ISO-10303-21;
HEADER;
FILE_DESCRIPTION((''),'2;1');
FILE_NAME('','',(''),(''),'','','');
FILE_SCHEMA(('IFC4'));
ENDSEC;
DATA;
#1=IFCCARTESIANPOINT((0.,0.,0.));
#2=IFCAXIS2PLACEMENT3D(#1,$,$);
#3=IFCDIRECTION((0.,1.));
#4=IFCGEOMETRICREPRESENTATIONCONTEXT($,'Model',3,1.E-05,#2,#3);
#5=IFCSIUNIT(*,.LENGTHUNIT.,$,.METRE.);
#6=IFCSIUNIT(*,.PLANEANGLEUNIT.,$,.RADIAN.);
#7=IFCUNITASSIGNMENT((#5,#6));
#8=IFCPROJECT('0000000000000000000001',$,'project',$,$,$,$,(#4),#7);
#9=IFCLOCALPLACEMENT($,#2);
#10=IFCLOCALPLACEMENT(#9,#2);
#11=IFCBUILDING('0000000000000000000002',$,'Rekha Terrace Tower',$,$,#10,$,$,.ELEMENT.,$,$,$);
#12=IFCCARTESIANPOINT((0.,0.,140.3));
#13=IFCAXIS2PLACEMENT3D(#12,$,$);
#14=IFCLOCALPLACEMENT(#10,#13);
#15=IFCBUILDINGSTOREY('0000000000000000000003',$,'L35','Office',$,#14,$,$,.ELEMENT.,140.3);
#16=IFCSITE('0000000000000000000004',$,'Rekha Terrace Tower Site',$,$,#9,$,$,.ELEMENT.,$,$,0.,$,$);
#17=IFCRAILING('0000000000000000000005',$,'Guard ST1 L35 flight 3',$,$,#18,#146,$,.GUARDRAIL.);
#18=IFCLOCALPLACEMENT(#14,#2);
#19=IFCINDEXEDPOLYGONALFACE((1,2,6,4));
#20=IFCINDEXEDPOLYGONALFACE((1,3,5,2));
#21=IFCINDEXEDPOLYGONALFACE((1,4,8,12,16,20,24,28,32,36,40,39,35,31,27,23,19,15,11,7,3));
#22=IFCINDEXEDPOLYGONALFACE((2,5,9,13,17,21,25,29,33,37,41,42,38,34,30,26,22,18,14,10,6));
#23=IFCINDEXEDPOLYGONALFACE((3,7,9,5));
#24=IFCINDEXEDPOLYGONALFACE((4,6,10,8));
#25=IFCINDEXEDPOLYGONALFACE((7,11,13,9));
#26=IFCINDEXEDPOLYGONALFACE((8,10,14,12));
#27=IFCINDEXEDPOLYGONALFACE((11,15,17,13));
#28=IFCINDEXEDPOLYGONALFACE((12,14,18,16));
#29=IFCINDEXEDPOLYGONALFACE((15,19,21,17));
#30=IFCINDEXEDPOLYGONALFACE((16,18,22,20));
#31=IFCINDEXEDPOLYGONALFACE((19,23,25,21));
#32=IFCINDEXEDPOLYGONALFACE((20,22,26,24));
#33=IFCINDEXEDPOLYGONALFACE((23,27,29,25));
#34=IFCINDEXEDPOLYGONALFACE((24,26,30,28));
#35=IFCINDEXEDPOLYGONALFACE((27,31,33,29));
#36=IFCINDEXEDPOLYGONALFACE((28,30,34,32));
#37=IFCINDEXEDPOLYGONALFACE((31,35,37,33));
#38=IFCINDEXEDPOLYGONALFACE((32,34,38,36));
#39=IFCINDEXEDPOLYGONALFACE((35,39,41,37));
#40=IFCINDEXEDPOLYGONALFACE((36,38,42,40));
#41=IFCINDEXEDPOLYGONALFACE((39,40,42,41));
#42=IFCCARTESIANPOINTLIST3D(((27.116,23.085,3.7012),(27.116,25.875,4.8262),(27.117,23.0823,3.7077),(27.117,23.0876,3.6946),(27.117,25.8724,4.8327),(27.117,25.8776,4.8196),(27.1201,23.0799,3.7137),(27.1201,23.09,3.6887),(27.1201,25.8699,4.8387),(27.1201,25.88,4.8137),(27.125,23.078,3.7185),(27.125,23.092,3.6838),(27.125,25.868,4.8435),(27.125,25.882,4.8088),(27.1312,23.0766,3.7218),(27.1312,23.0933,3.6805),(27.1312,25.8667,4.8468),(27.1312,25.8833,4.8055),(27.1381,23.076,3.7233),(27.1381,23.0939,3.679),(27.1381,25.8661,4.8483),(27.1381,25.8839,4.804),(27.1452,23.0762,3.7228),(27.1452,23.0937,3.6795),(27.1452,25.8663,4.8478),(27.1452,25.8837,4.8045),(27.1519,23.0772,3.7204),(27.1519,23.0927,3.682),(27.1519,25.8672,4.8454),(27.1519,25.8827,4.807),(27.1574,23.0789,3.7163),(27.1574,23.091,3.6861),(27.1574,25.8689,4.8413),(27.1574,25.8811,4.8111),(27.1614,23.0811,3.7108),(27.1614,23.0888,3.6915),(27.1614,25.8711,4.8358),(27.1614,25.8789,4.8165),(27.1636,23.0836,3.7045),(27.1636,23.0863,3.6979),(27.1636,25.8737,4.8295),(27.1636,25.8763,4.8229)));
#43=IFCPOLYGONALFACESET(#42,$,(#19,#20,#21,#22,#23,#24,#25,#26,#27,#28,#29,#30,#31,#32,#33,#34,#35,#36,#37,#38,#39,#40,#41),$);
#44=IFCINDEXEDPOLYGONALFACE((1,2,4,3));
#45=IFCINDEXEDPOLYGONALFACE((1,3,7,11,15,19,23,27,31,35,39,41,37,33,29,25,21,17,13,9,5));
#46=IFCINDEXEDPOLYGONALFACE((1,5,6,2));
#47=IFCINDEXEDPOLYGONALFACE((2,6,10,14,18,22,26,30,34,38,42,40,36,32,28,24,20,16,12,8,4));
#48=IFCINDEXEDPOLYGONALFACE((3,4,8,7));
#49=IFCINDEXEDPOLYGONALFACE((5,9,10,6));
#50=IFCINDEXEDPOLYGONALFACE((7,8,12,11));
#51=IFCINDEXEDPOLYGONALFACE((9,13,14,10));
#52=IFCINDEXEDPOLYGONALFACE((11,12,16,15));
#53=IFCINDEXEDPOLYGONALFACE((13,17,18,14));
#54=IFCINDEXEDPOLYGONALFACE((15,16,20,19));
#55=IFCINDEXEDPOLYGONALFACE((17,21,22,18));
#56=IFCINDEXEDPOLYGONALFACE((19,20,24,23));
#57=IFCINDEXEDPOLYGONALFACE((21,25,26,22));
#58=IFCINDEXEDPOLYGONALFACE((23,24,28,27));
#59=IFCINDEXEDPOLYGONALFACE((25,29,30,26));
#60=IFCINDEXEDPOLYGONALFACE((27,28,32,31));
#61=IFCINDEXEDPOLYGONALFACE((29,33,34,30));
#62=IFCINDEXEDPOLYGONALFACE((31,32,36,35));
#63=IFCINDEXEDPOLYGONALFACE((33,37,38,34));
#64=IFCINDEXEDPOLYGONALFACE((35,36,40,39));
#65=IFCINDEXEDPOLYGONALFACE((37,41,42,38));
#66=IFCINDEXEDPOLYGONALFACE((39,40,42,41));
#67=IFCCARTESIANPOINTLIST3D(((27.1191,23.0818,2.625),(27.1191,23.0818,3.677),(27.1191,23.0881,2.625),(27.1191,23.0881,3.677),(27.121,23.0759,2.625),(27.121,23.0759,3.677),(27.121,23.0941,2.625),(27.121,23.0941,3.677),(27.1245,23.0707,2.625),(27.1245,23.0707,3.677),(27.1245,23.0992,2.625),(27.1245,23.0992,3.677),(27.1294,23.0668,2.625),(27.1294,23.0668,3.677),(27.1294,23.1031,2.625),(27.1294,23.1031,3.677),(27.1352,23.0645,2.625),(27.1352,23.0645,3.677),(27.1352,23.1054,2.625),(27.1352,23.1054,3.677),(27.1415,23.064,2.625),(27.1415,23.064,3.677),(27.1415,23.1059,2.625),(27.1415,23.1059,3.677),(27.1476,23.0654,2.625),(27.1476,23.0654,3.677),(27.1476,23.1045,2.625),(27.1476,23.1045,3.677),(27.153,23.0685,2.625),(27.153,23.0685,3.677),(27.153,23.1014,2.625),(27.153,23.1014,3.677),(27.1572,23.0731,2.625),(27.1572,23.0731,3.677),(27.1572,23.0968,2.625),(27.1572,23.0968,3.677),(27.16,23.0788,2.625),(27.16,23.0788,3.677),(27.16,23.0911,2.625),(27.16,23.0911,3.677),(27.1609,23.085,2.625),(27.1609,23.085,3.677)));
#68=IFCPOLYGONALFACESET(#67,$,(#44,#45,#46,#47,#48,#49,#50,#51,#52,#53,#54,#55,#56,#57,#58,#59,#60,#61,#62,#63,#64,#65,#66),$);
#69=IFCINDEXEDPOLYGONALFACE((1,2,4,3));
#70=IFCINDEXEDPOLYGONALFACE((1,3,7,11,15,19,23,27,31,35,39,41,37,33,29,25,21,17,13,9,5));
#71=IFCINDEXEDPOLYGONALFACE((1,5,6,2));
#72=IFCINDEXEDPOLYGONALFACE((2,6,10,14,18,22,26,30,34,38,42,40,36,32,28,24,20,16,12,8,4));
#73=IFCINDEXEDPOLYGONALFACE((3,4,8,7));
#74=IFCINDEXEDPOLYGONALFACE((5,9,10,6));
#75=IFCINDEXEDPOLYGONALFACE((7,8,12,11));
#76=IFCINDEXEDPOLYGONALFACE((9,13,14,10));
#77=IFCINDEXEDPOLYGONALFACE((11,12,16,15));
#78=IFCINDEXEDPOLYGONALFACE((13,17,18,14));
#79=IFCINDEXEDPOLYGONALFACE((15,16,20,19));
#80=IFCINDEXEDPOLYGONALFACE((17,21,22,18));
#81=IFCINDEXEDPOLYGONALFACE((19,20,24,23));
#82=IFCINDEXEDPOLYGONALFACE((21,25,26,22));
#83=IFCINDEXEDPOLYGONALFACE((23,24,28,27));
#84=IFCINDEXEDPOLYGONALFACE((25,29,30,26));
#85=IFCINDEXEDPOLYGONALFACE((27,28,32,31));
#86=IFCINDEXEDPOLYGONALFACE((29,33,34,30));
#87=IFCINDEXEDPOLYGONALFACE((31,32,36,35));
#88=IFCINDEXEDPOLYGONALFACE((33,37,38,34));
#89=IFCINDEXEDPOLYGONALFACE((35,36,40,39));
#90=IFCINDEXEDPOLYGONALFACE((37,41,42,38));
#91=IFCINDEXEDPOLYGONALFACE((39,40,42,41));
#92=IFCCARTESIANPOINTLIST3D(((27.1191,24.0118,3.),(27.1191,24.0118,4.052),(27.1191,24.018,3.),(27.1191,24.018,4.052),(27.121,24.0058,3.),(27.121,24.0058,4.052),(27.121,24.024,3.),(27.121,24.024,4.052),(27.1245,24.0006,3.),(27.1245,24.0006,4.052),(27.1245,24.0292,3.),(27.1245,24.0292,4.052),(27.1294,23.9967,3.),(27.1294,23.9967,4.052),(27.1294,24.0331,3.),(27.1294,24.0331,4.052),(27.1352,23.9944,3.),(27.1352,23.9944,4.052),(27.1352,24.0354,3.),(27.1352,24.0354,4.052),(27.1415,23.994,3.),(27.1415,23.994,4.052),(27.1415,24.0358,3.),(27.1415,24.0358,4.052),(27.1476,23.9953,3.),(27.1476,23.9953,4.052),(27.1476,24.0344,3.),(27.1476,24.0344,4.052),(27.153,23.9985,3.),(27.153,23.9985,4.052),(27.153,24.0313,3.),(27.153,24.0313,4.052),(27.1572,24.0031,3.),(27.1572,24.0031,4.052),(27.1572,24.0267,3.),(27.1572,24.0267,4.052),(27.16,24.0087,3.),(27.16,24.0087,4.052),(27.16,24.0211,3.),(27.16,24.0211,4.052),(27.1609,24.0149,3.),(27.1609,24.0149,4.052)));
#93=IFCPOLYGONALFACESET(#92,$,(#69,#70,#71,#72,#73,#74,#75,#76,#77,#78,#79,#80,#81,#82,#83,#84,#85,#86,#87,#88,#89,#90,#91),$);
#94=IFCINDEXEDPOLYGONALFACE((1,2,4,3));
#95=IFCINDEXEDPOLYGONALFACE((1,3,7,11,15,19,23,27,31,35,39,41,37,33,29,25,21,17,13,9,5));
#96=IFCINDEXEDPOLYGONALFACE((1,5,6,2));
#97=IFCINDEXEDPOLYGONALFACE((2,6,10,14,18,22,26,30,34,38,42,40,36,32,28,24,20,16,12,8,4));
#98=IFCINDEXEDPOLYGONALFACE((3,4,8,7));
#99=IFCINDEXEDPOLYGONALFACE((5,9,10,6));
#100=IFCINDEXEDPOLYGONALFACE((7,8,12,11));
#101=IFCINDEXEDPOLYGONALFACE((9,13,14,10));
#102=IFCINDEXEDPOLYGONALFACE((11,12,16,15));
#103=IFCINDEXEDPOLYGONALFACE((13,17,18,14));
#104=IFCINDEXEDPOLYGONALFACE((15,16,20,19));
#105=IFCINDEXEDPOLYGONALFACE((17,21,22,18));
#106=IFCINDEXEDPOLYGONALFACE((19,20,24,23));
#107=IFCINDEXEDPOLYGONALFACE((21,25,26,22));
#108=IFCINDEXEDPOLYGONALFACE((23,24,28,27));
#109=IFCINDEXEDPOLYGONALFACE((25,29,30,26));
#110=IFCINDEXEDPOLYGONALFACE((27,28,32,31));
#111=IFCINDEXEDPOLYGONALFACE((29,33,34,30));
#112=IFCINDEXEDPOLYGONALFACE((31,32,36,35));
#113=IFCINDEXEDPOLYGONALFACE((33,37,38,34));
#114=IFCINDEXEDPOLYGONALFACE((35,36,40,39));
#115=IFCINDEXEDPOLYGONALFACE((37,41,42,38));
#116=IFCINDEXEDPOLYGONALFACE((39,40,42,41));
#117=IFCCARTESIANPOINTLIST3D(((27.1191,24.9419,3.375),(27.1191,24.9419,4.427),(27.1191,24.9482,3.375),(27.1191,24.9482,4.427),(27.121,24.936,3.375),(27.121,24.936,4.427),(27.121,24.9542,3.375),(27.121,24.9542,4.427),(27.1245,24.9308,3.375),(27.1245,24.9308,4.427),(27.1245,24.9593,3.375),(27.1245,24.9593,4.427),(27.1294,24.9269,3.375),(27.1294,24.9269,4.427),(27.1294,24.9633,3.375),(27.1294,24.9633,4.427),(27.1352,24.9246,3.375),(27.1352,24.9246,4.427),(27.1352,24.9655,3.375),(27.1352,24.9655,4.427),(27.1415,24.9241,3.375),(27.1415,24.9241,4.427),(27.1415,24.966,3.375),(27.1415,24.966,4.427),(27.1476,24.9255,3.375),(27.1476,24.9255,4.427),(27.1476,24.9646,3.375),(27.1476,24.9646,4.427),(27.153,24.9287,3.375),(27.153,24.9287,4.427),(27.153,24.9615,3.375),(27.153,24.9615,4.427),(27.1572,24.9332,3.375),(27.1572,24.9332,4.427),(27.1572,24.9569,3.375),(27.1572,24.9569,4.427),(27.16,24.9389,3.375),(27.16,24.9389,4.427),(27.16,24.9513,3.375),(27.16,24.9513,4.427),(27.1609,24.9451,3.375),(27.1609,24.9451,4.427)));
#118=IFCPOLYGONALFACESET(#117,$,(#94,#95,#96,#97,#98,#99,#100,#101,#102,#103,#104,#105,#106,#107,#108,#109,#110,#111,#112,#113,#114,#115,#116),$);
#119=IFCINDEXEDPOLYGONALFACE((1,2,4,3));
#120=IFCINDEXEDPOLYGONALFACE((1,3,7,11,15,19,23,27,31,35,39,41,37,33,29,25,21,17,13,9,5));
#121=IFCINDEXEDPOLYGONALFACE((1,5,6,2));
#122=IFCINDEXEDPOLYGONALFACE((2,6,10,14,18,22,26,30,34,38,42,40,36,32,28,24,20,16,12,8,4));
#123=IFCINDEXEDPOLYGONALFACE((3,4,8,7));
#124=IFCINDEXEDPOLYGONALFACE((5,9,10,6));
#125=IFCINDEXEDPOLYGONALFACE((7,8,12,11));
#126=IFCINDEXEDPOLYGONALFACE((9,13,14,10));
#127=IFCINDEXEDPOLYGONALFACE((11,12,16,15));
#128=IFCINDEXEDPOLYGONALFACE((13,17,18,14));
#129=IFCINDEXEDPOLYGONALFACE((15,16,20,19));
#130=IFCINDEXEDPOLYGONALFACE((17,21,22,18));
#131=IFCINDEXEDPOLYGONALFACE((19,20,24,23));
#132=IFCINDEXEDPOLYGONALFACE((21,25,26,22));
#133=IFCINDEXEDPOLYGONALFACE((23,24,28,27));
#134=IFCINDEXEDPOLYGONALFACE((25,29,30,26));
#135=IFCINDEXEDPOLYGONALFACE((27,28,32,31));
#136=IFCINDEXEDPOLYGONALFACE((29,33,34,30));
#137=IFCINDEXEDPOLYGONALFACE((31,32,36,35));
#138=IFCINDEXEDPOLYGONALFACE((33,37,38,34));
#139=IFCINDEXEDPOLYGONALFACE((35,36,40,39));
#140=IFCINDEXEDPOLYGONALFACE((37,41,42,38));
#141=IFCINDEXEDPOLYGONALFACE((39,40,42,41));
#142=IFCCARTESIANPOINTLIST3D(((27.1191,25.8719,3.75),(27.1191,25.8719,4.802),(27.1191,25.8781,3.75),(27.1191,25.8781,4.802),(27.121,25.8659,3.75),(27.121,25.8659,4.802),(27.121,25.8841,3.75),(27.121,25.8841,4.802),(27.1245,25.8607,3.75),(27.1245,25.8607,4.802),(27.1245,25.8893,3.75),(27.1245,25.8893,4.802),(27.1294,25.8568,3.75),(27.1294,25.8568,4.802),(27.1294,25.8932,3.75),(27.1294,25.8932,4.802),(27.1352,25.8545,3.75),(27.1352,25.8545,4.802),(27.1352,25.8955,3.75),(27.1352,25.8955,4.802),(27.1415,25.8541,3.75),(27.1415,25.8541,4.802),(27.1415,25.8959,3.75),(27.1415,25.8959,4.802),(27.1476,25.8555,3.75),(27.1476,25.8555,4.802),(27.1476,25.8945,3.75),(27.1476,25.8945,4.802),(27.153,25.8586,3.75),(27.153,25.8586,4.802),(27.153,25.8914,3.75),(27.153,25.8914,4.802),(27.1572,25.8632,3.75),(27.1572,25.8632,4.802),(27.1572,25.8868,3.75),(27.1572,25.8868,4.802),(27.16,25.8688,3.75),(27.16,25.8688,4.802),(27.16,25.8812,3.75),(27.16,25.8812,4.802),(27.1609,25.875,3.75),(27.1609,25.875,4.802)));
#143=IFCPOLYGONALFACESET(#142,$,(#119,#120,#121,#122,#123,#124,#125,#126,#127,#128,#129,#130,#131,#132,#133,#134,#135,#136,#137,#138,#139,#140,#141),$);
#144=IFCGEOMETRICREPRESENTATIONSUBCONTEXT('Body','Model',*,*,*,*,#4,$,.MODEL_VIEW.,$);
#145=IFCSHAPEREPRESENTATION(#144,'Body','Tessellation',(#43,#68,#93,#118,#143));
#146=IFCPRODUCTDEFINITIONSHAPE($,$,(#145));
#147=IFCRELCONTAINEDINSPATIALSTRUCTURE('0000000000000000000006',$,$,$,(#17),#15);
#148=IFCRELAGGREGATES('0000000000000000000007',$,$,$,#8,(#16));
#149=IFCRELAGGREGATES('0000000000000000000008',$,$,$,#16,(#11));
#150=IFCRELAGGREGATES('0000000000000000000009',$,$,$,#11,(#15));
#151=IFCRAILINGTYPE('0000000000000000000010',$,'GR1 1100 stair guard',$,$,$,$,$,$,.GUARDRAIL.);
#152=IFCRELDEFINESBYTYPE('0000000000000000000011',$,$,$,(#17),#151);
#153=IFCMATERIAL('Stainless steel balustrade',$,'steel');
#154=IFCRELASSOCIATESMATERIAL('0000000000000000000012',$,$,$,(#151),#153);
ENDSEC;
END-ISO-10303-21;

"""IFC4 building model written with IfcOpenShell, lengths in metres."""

from ifc_helpers import new_model, si_unit, direction, frame, origin, origin_2d, place, context, subcontext, project, spatial, circle, extrude, material, type_object, element, save


model = new_model("IFC4")

# Units and contexts
model_context = context("Model", 3, precision=1e-05, world=origin(), true_north=direction((0.0, 1.0)))
body_context = subcontext(model_context, "Body", "Model", "MODEL_VIEW")
ifc_project = project(units=[si_unit("LENGTHUNIT", "METRE"), si_unit("PLANEANGLEUNIT", "RADIAN")], contexts=[model_context])

# Site, building, storey
site_placement = place(None, origin())
site = spatial("IfcSite", under=ifc_project, at=site_placement, Name="Rekha Terrace Tower Site", CompositionType="ELEMENT", RefElevation=0.0)
building_placement = place(site_placement, origin())
building = spatial("IfcBuilding", under=site, at=building_placement, Name="Rekha Terrace Tower", CompositionType="ELEMENT")
storey_placement = place(building_placement, frame((0.0, 0.0, 140.3)))
storey = spatial("IfcBuildingStorey", under=building, at=storey_placement, Name="L35", Description="Office", CompositionType="ELEMENT", Elevation=140.3)

# Railing
ifc_material_1 = material(Name="Stainless steel balustrade", Category="steel")
railing_type_1 = type_object("IfcRailingType", Name="GR1 1100 stair guard", PredefinedType="GUARDRAIL", material=ifc_material_1)
railing_1_placement = place(storey_placement, frame((27.1399, 23.085, 2.625)))
element("IfcRailing", 1, at=railing_1_placement, inside=storey, type_object=railing_type_1, Name="Guard ST1 L35 flight 3", PredefinedType="GUARDRAIL", context=body_context, shape_type="SweptSolid", body=[
    extrude(circle(Radius=0.0239, at=origin_2d()), frame((0.0, 0.0, 1.0762), z_axis=(0.0, 0.927443, 0.373964), x_axis=(-1.0, 0.0, 0.0)), (0.0, 0.0, 1.0), 3.0083),
    extrude(circle(Radius=0.021, at=origin_2d()), origin(), (0.0, 0.0, 1.0), 1.052),
    extrude(circle(Radius=0.021, at=origin_2d()), frame((0.0, 0.9299, 0.375)), (0.0, 0.0, 1.0), 1.052),
    extrude(circle(Radius=0.021, at=origin_2d()), frame((0.0, 1.8601, 0.75)), (0.0, 0.0, 1.0), 1.052),
    extrude(circle(Radius=0.021, at=origin_2d()), frame((0.0, 2.79, 1.125)), (0.0, 0.0, 1.0), 1.052),
])

save(model, "model.ifc")
